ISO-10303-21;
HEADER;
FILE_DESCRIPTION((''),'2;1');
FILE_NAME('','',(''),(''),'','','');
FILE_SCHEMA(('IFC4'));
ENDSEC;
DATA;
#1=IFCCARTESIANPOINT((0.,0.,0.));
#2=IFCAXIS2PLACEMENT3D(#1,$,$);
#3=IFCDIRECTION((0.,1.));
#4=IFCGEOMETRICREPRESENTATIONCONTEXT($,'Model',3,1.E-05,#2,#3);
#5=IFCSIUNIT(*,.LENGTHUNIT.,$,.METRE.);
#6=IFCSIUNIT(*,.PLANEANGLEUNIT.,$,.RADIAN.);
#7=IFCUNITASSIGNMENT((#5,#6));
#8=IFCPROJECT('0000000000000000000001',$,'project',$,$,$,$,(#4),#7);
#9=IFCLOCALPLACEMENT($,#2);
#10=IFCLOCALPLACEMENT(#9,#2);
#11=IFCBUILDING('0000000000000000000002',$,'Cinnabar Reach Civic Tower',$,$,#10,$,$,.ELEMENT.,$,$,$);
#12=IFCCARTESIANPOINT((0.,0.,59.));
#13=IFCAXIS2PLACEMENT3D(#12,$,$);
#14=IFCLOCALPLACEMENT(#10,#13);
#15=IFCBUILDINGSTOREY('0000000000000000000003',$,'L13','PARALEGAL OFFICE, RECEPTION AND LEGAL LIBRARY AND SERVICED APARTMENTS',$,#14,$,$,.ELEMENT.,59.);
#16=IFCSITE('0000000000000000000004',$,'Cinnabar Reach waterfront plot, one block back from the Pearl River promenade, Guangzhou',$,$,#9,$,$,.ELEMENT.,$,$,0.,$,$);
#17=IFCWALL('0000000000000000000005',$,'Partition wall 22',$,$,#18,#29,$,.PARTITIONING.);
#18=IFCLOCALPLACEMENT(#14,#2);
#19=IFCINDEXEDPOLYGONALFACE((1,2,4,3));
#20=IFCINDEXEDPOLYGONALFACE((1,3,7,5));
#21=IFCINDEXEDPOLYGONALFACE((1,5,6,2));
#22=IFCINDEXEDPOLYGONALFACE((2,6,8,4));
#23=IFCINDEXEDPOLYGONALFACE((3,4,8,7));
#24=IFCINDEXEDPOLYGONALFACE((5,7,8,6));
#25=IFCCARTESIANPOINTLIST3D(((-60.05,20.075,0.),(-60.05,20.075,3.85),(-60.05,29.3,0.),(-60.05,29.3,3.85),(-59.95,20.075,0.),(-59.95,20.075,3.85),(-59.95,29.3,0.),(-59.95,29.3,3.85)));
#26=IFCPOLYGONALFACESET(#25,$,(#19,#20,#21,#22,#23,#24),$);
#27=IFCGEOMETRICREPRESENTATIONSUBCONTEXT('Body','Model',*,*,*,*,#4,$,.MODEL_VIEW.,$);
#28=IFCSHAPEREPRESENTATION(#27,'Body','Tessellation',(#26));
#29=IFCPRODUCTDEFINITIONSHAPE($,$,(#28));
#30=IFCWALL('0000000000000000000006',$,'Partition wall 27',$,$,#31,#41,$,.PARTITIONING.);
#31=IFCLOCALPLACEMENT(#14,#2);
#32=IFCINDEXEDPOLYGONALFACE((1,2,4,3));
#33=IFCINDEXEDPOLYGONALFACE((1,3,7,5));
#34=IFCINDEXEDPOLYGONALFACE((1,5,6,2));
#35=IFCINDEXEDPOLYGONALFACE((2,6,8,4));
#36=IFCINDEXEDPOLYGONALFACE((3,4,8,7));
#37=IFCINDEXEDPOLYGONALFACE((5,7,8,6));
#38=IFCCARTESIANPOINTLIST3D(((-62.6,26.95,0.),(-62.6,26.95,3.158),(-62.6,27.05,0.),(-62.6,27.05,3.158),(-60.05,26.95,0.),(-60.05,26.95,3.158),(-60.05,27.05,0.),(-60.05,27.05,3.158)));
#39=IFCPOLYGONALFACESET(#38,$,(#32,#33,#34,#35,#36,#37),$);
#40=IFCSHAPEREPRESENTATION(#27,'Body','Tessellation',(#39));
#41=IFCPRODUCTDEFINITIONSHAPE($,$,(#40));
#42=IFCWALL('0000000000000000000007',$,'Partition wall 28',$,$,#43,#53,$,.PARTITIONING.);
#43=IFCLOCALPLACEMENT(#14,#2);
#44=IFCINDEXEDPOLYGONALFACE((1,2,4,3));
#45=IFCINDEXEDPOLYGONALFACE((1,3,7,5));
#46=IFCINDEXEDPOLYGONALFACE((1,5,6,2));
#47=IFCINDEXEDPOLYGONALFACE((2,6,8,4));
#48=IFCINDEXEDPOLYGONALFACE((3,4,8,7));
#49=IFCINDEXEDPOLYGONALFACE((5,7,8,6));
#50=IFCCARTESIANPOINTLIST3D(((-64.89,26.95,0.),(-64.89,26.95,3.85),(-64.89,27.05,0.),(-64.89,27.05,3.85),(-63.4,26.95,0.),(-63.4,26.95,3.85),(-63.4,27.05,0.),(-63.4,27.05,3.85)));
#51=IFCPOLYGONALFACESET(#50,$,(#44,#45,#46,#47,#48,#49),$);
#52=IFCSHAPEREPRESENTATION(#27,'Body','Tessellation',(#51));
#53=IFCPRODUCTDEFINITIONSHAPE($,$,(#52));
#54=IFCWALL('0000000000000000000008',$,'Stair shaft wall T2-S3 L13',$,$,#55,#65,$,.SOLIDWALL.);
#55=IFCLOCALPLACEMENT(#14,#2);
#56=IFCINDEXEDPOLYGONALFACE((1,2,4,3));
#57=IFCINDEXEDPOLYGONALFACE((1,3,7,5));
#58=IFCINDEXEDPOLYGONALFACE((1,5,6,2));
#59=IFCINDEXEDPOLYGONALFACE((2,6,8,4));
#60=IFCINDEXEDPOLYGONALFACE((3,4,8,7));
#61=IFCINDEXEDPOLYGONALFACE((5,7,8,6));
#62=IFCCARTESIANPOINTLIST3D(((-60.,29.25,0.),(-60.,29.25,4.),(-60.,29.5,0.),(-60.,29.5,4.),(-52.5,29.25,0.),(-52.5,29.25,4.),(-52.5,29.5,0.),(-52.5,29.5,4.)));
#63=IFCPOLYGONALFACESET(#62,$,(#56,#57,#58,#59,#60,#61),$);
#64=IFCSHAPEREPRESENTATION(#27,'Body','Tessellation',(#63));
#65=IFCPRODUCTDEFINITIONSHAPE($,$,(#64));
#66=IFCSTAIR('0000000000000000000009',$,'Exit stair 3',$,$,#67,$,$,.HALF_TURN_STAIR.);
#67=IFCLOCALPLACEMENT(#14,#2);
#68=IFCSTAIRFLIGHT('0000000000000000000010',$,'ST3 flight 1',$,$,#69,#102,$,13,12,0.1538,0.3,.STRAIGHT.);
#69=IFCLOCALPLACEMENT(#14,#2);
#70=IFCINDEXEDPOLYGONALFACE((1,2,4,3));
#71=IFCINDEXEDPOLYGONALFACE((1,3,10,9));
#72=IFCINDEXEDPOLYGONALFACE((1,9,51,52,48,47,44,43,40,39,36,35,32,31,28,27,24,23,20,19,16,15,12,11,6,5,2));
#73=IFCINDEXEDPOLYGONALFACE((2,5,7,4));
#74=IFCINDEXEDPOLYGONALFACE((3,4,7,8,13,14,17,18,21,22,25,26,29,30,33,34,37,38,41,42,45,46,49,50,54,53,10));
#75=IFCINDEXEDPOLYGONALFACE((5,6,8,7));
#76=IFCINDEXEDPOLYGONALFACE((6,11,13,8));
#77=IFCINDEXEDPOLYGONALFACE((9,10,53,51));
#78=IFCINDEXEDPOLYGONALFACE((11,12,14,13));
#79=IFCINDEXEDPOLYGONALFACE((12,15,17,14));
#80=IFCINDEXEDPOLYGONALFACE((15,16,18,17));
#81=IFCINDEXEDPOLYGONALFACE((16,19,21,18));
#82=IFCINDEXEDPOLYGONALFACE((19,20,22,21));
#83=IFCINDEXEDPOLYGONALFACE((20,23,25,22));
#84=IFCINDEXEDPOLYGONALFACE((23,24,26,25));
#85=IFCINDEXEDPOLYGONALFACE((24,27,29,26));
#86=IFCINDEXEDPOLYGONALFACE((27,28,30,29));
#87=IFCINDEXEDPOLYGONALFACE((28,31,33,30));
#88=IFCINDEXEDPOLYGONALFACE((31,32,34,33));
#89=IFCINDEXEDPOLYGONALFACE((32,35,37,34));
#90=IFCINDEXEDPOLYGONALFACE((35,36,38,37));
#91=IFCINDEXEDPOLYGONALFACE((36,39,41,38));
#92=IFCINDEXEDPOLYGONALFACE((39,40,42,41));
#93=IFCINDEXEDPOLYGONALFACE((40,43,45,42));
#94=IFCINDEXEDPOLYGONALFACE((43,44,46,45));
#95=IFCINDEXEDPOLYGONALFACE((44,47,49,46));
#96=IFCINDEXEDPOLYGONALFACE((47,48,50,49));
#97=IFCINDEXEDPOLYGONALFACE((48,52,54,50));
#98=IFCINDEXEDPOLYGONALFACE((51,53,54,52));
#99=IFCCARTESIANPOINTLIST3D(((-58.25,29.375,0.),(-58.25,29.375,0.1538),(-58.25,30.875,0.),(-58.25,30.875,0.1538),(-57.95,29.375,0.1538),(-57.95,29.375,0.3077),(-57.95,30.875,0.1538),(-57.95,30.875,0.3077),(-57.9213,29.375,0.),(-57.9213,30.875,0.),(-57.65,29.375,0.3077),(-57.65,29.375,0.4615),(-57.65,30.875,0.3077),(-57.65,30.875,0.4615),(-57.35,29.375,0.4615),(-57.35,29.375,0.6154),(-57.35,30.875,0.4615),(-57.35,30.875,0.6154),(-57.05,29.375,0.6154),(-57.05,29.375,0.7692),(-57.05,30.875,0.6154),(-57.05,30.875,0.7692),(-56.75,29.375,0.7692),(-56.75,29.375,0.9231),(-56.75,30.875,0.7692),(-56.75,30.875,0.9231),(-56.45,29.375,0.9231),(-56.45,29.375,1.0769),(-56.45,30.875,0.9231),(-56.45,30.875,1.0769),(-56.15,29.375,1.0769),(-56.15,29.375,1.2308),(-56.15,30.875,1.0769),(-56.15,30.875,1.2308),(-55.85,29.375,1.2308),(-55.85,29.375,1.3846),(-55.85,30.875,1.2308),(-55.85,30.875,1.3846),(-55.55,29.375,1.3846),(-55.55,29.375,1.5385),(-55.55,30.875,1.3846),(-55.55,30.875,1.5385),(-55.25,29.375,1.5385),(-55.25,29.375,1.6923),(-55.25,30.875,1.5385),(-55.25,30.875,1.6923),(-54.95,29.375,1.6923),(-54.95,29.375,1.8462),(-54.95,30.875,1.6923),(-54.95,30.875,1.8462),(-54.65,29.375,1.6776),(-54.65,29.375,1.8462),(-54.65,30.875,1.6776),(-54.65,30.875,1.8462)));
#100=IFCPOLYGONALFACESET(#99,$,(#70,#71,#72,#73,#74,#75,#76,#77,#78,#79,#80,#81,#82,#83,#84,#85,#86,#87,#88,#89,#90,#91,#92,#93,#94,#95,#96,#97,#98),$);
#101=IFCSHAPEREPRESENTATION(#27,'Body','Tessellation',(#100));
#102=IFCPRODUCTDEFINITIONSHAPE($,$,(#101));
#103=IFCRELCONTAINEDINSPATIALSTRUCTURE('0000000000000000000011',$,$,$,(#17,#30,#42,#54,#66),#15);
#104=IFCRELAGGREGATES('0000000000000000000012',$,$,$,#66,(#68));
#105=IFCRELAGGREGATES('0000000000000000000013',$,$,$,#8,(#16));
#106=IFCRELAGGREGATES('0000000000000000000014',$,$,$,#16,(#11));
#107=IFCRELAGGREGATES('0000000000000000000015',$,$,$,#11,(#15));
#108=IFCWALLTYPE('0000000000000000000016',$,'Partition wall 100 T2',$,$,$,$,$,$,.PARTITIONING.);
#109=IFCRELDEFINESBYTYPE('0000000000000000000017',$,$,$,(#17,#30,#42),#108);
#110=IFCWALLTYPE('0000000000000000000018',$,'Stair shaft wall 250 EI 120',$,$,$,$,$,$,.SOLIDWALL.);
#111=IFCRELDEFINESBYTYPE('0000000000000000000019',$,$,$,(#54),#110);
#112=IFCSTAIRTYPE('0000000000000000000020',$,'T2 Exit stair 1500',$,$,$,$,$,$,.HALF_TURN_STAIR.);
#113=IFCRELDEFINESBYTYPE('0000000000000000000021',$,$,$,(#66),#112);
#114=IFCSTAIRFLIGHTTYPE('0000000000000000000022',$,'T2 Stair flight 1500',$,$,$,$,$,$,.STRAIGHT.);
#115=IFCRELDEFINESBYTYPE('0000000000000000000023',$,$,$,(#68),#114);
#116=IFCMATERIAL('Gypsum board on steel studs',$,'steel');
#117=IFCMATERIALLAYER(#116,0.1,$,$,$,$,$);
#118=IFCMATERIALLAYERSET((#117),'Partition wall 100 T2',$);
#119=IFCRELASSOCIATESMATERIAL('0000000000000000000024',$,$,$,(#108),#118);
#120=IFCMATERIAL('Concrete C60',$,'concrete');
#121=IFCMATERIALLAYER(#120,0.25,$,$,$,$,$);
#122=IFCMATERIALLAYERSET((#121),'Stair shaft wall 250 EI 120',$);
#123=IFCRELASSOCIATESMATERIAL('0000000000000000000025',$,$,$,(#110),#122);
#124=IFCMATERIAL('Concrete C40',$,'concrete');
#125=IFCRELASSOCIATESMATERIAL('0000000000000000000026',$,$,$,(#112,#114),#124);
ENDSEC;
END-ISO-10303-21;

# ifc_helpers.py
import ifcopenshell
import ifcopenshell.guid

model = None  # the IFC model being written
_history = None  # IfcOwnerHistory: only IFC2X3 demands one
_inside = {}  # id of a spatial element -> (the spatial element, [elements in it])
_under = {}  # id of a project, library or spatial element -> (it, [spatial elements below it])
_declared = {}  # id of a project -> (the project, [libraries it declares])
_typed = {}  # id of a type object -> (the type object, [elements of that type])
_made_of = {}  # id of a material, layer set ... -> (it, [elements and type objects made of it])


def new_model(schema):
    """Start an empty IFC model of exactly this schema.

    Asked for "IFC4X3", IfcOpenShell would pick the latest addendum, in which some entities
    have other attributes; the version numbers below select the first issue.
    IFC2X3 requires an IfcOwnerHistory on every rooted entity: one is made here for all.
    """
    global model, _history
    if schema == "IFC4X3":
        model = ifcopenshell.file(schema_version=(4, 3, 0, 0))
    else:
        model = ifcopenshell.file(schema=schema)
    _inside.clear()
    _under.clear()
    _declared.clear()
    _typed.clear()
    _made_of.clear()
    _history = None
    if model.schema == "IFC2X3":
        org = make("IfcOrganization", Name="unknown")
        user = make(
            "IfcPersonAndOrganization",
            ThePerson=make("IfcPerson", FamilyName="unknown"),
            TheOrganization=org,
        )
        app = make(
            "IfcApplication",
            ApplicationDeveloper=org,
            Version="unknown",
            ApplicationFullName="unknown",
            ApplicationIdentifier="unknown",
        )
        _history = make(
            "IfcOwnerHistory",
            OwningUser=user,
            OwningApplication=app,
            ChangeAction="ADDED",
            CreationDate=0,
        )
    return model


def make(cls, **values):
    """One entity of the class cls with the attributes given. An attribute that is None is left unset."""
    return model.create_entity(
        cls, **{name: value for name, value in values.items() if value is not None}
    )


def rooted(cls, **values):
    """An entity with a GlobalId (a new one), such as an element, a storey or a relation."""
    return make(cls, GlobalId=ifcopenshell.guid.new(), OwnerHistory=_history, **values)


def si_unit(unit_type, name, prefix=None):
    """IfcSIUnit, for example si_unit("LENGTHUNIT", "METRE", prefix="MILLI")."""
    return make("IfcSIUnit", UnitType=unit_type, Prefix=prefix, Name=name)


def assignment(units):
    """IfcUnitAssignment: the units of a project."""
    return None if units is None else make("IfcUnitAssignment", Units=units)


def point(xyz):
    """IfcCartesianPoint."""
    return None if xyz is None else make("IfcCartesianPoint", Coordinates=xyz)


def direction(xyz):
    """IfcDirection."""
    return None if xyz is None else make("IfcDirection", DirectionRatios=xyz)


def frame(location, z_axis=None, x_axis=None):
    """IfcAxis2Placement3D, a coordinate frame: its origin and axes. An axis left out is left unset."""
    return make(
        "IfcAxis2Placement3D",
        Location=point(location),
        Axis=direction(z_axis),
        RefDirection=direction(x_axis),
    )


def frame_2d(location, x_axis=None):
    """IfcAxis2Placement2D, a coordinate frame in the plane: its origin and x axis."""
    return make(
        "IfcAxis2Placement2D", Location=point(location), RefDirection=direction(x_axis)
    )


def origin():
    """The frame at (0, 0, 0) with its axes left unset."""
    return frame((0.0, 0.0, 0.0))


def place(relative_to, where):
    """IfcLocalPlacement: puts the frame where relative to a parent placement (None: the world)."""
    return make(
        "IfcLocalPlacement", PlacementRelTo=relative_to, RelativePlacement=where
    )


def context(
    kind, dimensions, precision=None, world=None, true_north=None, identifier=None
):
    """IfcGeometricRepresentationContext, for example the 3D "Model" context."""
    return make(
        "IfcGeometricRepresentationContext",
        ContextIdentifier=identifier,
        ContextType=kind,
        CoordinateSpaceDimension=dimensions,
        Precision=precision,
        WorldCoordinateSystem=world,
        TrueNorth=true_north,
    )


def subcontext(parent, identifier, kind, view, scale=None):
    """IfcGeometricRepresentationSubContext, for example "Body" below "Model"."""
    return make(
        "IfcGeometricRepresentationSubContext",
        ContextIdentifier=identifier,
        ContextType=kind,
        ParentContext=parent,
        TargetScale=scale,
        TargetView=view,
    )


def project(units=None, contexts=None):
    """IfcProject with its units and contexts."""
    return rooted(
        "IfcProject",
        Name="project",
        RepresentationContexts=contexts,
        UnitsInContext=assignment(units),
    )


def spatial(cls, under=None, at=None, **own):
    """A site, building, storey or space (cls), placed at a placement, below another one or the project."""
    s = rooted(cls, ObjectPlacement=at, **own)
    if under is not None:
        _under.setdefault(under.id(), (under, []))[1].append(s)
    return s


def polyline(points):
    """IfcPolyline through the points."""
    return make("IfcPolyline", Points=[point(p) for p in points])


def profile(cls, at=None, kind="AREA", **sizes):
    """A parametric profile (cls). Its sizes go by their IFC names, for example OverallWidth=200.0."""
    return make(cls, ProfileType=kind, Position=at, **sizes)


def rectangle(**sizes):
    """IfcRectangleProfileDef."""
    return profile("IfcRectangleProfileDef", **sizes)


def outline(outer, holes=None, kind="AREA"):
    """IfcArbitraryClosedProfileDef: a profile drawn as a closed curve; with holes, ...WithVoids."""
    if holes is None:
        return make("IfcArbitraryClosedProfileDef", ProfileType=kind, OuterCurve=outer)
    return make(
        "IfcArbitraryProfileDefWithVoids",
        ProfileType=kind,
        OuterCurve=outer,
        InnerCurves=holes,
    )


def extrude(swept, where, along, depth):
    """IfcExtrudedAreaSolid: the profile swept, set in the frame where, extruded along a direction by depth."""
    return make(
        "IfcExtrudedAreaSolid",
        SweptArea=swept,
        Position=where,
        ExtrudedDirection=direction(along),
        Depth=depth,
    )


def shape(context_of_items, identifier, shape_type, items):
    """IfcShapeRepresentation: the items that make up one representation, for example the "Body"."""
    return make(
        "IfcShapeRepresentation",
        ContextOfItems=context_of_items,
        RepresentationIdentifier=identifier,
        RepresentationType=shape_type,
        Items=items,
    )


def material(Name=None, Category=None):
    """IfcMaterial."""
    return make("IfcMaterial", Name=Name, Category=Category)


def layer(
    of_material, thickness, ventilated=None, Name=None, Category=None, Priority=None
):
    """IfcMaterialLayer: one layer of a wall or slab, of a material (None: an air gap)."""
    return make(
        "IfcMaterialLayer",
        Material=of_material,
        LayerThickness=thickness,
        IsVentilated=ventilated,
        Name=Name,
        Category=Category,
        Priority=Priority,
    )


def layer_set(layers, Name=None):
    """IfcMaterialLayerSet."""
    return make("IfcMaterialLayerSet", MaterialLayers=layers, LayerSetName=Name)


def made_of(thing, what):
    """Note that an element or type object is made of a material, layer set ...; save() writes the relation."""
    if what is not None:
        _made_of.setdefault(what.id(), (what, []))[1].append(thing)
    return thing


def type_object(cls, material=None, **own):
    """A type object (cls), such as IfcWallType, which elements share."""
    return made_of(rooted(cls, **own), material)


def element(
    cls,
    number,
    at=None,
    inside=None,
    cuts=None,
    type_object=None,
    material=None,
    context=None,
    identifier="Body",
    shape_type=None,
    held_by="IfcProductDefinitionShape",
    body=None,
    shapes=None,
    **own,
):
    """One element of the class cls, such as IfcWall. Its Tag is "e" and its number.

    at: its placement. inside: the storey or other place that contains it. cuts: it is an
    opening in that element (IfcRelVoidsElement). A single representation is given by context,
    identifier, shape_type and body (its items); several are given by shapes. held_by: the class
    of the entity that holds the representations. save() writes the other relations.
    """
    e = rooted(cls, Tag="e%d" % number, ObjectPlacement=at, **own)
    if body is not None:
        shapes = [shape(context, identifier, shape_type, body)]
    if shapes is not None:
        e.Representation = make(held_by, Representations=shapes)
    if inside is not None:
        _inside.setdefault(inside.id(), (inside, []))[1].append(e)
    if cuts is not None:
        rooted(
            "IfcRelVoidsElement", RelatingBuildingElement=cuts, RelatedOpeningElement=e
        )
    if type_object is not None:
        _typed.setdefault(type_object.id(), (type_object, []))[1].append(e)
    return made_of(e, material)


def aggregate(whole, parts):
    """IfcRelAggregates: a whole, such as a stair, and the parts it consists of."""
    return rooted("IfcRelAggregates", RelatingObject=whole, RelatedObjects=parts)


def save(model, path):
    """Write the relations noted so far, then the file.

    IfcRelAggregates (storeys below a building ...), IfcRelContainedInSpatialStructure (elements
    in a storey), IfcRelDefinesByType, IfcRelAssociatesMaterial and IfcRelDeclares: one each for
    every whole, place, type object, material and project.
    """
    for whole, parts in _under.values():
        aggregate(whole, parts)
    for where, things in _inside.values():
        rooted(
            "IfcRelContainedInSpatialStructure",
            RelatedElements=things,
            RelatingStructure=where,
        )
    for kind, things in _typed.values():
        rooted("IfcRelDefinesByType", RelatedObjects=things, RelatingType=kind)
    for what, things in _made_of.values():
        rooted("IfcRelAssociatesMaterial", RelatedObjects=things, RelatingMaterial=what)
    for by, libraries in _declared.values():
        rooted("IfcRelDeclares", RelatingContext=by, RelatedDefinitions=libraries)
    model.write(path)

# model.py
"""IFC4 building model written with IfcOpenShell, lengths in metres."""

from ifc_helpers import new_model, si_unit, direction, frame, frame_2d, origin, place, context, subcontext, project, spatial, polyline, rectangle, outline, extrude, material, layer, layer_set, type_object, element, aggregate, save


model = new_model("IFC4")

# Units and contexts
model_context = context("Model", 3, precision=1e-05, world=origin(), true_north=direction((0.0, 1.0)))
body_context = subcontext(model_context, "Body", "Model", "MODEL_VIEW")
ifc_project = project(units=[si_unit("LENGTHUNIT", "METRE"), si_unit("PLANEANGLEUNIT", "RADIAN")], contexts=[model_context])

# Site, building, storey
site_placement = place(None, origin())
site = spatial("IfcSite", under=ifc_project, at=site_placement, Name="Cinnabar Reach waterfront plot, one block back from the Pearl River promenade, Guangzhou", CompositionType="ELEMENT", RefElevation=0.0)
building_placement = place(site_placement, origin())
building = spatial("IfcBuilding", under=site, at=building_placement, Name="Cinnabar Reach Civic Tower", CompositionType="ELEMENT")
storey_placement = place(building_placement, frame((0.0, 0.0, 59.0)))
storey = spatial("IfcBuildingStorey", under=building, at=storey_placement, Name="L13", Description="PARALEGAL OFFICE, RECEPTION AND LEGAL LIBRARY AND SERVICED APARTMENTS", CompositionType="ELEMENT", Elevation=59.0)

# Shared definitions
ifc_material_1 = material(Name="Concrete C60", Category="concrete")

# Walls
ifc_material_2 = material(Name="Gypsum board on steel studs", Category="steel")
ifc_layer_1 = layer(ifc_material_2, 0.1)
ifc_layer_set_1 = layer_set([ifc_layer_1], Name="Partition wall 100 T2")
wall_type_1 = type_object("IfcWallType", Name="Partition wall 100 T2", PredefinedType="PARTITIONING", material=ifc_layer_set_1)
wall_1_placement = place(storey_placement, frame((-60.0, 20.075, 0.0), z_axis=(0.0, 0.0, 1.0), x_axis=(0.0, 1.0, 0.0)))
element("IfcWall", 1, at=wall_1_placement, inside=storey, type_object=wall_type_1, Name="Partition wall 22", PredefinedType="PARTITIONING", context=body_context, shape_type="SweptSolid", body=[
    extrude(rectangle(XDim=9.225, YDim=0.1, at=frame_2d((4.6125, 0.0))), origin(), (0.0, 0.0, 1.0), 3.85),
])
wall_2_placement = place(storey_placement, frame((-62.6, 27.0, 0.0), z_axis=(0.0, 0.0, 1.0), x_axis=(1.0, 0.0, 0.0)))
element("IfcWall", 2, at=wall_2_placement, inside=storey, type_object=wall_type_1, Name="Partition wall 27", PredefinedType="PARTITIONING", context=body_context, shape_type="SweptSolid", body=[
    extrude(rectangle(XDim=2.55, YDim=0.1, at=frame_2d((1.275, 0.0))), origin(), (0.0, 0.0, 1.0), 3.158),
])
wall_3_placement = place(storey_placement, frame((-64.89, 27.0, 0.0), z_axis=(0.0, 0.0, 1.0), x_axis=(1.0, 0.0, 0.0)))
element("IfcWall", 3, at=wall_3_placement, inside=storey, type_object=wall_type_1, Name="Partition wall 28", PredefinedType="PARTITIONING", context=body_context, shape_type="SweptSolid", body=[
    extrude(rectangle(XDim=1.49, YDim=0.1, at=frame_2d((0.745, 0.0))), origin(), (0.0, 0.0, 1.0), 3.85),
])
ifc_layer_2 = layer(ifc_material_1, 0.25)
ifc_layer_set_2 = layer_set([ifc_layer_2], Name="Stair shaft wall 250 EI 120")
wall_type_2 = type_object("IfcWallType", Name="Stair shaft wall 250 EI 120", PredefinedType="SOLIDWALL", material=ifc_layer_set_2)
wall_4_placement = place(storey_placement, frame((-60.0, 29.375, 0.0), z_axis=(0.0, 0.0, 1.0), x_axis=(1.0, 0.0, 0.0)))
element("IfcWall", 4, at=wall_4_placement, inside=storey, type_object=wall_type_2, Name="Stair shaft wall T2-S3 L13", PredefinedType="SOLIDWALL", context=body_context, shape_type="SweptSolid", body=[
    extrude(rectangle(XDim=7.5, YDim=0.25, at=frame_2d((3.75, 0.0))), origin(), (0.0, 0.0, 1.0), 4.0),
])

# Stair, stair flight
ifc_material_3 = material(Name="Concrete C40", Category="concrete")
stair_type = type_object("IfcStairType", Name="T2 Exit stair 1500", PredefinedType="HALF_TURN_STAIR", material=ifc_material_3)
stair_placement = place(storey_placement, origin())
stair = element("IfcStair", 5, at=stair_placement, inside=storey, type_object=stair_type, Name="Exit stair 3", PredefinedType="HALF_TURN_STAIR")
stair_flight_type = type_object("IfcStairFlightType", Name="T2 Stair flight 1500", PredefinedType="STRAIGHT", material=ifc_material_3)
stair_flight_placement = place(storey_placement, frame((-58.25, 30.125, 0.0), z_axis=(0.0, 0.0, 1.0), x_axis=(1.0, 0.0, 0.0)))
stair_flight = element("IfcStairFlight", 6, at=stair_flight_placement, type_object=stair_flight_type, Name="ST3 flight 1", NumberOfRisers=13, NumberOfTreads=12, PredefinedType="STRAIGHT", RiserHeight=0.1538, TreadLength=0.3, context=body_context, shape_type="SweptSolid", body=[
    extrude(outline(polyline([(0.0, 0.0), (0.0, 0.1538), (0.3, 0.1538), (0.3, 0.3077), (0.6, 0.3077), (0.6, 0.4615), (0.9, 0.4615), (0.9, 0.6154), (1.2, 0.6154), (1.2, 0.7692), (1.5, 0.7692), (1.5, 0.9231), (1.8, 0.9231), (1.8, 1.0769), (2.1, 1.0769), (2.1, 1.2308), (2.4, 1.2308), (2.4, 1.3846), (2.7, 1.3846), (2.7, 1.5385), (3.0, 1.5385), (3.0, 1.6923), (3.3, 1.6923), (3.3, 1.8462), (3.6, 1.8462), (3.6, 2.0), (3.6, 1.6776), (0.3287, 0.0), (0.0, 0.0)])), frame((0.0, 0.75, 0.0), z_axis=(0.0, -1.0, 0.0), x_axis=(1.0, 0.0, 0.0)), (0.0, 0.0, 1.0), 1.5),
])
aggregate(stair, [stair_flight])

save(model, "model.ifc")
